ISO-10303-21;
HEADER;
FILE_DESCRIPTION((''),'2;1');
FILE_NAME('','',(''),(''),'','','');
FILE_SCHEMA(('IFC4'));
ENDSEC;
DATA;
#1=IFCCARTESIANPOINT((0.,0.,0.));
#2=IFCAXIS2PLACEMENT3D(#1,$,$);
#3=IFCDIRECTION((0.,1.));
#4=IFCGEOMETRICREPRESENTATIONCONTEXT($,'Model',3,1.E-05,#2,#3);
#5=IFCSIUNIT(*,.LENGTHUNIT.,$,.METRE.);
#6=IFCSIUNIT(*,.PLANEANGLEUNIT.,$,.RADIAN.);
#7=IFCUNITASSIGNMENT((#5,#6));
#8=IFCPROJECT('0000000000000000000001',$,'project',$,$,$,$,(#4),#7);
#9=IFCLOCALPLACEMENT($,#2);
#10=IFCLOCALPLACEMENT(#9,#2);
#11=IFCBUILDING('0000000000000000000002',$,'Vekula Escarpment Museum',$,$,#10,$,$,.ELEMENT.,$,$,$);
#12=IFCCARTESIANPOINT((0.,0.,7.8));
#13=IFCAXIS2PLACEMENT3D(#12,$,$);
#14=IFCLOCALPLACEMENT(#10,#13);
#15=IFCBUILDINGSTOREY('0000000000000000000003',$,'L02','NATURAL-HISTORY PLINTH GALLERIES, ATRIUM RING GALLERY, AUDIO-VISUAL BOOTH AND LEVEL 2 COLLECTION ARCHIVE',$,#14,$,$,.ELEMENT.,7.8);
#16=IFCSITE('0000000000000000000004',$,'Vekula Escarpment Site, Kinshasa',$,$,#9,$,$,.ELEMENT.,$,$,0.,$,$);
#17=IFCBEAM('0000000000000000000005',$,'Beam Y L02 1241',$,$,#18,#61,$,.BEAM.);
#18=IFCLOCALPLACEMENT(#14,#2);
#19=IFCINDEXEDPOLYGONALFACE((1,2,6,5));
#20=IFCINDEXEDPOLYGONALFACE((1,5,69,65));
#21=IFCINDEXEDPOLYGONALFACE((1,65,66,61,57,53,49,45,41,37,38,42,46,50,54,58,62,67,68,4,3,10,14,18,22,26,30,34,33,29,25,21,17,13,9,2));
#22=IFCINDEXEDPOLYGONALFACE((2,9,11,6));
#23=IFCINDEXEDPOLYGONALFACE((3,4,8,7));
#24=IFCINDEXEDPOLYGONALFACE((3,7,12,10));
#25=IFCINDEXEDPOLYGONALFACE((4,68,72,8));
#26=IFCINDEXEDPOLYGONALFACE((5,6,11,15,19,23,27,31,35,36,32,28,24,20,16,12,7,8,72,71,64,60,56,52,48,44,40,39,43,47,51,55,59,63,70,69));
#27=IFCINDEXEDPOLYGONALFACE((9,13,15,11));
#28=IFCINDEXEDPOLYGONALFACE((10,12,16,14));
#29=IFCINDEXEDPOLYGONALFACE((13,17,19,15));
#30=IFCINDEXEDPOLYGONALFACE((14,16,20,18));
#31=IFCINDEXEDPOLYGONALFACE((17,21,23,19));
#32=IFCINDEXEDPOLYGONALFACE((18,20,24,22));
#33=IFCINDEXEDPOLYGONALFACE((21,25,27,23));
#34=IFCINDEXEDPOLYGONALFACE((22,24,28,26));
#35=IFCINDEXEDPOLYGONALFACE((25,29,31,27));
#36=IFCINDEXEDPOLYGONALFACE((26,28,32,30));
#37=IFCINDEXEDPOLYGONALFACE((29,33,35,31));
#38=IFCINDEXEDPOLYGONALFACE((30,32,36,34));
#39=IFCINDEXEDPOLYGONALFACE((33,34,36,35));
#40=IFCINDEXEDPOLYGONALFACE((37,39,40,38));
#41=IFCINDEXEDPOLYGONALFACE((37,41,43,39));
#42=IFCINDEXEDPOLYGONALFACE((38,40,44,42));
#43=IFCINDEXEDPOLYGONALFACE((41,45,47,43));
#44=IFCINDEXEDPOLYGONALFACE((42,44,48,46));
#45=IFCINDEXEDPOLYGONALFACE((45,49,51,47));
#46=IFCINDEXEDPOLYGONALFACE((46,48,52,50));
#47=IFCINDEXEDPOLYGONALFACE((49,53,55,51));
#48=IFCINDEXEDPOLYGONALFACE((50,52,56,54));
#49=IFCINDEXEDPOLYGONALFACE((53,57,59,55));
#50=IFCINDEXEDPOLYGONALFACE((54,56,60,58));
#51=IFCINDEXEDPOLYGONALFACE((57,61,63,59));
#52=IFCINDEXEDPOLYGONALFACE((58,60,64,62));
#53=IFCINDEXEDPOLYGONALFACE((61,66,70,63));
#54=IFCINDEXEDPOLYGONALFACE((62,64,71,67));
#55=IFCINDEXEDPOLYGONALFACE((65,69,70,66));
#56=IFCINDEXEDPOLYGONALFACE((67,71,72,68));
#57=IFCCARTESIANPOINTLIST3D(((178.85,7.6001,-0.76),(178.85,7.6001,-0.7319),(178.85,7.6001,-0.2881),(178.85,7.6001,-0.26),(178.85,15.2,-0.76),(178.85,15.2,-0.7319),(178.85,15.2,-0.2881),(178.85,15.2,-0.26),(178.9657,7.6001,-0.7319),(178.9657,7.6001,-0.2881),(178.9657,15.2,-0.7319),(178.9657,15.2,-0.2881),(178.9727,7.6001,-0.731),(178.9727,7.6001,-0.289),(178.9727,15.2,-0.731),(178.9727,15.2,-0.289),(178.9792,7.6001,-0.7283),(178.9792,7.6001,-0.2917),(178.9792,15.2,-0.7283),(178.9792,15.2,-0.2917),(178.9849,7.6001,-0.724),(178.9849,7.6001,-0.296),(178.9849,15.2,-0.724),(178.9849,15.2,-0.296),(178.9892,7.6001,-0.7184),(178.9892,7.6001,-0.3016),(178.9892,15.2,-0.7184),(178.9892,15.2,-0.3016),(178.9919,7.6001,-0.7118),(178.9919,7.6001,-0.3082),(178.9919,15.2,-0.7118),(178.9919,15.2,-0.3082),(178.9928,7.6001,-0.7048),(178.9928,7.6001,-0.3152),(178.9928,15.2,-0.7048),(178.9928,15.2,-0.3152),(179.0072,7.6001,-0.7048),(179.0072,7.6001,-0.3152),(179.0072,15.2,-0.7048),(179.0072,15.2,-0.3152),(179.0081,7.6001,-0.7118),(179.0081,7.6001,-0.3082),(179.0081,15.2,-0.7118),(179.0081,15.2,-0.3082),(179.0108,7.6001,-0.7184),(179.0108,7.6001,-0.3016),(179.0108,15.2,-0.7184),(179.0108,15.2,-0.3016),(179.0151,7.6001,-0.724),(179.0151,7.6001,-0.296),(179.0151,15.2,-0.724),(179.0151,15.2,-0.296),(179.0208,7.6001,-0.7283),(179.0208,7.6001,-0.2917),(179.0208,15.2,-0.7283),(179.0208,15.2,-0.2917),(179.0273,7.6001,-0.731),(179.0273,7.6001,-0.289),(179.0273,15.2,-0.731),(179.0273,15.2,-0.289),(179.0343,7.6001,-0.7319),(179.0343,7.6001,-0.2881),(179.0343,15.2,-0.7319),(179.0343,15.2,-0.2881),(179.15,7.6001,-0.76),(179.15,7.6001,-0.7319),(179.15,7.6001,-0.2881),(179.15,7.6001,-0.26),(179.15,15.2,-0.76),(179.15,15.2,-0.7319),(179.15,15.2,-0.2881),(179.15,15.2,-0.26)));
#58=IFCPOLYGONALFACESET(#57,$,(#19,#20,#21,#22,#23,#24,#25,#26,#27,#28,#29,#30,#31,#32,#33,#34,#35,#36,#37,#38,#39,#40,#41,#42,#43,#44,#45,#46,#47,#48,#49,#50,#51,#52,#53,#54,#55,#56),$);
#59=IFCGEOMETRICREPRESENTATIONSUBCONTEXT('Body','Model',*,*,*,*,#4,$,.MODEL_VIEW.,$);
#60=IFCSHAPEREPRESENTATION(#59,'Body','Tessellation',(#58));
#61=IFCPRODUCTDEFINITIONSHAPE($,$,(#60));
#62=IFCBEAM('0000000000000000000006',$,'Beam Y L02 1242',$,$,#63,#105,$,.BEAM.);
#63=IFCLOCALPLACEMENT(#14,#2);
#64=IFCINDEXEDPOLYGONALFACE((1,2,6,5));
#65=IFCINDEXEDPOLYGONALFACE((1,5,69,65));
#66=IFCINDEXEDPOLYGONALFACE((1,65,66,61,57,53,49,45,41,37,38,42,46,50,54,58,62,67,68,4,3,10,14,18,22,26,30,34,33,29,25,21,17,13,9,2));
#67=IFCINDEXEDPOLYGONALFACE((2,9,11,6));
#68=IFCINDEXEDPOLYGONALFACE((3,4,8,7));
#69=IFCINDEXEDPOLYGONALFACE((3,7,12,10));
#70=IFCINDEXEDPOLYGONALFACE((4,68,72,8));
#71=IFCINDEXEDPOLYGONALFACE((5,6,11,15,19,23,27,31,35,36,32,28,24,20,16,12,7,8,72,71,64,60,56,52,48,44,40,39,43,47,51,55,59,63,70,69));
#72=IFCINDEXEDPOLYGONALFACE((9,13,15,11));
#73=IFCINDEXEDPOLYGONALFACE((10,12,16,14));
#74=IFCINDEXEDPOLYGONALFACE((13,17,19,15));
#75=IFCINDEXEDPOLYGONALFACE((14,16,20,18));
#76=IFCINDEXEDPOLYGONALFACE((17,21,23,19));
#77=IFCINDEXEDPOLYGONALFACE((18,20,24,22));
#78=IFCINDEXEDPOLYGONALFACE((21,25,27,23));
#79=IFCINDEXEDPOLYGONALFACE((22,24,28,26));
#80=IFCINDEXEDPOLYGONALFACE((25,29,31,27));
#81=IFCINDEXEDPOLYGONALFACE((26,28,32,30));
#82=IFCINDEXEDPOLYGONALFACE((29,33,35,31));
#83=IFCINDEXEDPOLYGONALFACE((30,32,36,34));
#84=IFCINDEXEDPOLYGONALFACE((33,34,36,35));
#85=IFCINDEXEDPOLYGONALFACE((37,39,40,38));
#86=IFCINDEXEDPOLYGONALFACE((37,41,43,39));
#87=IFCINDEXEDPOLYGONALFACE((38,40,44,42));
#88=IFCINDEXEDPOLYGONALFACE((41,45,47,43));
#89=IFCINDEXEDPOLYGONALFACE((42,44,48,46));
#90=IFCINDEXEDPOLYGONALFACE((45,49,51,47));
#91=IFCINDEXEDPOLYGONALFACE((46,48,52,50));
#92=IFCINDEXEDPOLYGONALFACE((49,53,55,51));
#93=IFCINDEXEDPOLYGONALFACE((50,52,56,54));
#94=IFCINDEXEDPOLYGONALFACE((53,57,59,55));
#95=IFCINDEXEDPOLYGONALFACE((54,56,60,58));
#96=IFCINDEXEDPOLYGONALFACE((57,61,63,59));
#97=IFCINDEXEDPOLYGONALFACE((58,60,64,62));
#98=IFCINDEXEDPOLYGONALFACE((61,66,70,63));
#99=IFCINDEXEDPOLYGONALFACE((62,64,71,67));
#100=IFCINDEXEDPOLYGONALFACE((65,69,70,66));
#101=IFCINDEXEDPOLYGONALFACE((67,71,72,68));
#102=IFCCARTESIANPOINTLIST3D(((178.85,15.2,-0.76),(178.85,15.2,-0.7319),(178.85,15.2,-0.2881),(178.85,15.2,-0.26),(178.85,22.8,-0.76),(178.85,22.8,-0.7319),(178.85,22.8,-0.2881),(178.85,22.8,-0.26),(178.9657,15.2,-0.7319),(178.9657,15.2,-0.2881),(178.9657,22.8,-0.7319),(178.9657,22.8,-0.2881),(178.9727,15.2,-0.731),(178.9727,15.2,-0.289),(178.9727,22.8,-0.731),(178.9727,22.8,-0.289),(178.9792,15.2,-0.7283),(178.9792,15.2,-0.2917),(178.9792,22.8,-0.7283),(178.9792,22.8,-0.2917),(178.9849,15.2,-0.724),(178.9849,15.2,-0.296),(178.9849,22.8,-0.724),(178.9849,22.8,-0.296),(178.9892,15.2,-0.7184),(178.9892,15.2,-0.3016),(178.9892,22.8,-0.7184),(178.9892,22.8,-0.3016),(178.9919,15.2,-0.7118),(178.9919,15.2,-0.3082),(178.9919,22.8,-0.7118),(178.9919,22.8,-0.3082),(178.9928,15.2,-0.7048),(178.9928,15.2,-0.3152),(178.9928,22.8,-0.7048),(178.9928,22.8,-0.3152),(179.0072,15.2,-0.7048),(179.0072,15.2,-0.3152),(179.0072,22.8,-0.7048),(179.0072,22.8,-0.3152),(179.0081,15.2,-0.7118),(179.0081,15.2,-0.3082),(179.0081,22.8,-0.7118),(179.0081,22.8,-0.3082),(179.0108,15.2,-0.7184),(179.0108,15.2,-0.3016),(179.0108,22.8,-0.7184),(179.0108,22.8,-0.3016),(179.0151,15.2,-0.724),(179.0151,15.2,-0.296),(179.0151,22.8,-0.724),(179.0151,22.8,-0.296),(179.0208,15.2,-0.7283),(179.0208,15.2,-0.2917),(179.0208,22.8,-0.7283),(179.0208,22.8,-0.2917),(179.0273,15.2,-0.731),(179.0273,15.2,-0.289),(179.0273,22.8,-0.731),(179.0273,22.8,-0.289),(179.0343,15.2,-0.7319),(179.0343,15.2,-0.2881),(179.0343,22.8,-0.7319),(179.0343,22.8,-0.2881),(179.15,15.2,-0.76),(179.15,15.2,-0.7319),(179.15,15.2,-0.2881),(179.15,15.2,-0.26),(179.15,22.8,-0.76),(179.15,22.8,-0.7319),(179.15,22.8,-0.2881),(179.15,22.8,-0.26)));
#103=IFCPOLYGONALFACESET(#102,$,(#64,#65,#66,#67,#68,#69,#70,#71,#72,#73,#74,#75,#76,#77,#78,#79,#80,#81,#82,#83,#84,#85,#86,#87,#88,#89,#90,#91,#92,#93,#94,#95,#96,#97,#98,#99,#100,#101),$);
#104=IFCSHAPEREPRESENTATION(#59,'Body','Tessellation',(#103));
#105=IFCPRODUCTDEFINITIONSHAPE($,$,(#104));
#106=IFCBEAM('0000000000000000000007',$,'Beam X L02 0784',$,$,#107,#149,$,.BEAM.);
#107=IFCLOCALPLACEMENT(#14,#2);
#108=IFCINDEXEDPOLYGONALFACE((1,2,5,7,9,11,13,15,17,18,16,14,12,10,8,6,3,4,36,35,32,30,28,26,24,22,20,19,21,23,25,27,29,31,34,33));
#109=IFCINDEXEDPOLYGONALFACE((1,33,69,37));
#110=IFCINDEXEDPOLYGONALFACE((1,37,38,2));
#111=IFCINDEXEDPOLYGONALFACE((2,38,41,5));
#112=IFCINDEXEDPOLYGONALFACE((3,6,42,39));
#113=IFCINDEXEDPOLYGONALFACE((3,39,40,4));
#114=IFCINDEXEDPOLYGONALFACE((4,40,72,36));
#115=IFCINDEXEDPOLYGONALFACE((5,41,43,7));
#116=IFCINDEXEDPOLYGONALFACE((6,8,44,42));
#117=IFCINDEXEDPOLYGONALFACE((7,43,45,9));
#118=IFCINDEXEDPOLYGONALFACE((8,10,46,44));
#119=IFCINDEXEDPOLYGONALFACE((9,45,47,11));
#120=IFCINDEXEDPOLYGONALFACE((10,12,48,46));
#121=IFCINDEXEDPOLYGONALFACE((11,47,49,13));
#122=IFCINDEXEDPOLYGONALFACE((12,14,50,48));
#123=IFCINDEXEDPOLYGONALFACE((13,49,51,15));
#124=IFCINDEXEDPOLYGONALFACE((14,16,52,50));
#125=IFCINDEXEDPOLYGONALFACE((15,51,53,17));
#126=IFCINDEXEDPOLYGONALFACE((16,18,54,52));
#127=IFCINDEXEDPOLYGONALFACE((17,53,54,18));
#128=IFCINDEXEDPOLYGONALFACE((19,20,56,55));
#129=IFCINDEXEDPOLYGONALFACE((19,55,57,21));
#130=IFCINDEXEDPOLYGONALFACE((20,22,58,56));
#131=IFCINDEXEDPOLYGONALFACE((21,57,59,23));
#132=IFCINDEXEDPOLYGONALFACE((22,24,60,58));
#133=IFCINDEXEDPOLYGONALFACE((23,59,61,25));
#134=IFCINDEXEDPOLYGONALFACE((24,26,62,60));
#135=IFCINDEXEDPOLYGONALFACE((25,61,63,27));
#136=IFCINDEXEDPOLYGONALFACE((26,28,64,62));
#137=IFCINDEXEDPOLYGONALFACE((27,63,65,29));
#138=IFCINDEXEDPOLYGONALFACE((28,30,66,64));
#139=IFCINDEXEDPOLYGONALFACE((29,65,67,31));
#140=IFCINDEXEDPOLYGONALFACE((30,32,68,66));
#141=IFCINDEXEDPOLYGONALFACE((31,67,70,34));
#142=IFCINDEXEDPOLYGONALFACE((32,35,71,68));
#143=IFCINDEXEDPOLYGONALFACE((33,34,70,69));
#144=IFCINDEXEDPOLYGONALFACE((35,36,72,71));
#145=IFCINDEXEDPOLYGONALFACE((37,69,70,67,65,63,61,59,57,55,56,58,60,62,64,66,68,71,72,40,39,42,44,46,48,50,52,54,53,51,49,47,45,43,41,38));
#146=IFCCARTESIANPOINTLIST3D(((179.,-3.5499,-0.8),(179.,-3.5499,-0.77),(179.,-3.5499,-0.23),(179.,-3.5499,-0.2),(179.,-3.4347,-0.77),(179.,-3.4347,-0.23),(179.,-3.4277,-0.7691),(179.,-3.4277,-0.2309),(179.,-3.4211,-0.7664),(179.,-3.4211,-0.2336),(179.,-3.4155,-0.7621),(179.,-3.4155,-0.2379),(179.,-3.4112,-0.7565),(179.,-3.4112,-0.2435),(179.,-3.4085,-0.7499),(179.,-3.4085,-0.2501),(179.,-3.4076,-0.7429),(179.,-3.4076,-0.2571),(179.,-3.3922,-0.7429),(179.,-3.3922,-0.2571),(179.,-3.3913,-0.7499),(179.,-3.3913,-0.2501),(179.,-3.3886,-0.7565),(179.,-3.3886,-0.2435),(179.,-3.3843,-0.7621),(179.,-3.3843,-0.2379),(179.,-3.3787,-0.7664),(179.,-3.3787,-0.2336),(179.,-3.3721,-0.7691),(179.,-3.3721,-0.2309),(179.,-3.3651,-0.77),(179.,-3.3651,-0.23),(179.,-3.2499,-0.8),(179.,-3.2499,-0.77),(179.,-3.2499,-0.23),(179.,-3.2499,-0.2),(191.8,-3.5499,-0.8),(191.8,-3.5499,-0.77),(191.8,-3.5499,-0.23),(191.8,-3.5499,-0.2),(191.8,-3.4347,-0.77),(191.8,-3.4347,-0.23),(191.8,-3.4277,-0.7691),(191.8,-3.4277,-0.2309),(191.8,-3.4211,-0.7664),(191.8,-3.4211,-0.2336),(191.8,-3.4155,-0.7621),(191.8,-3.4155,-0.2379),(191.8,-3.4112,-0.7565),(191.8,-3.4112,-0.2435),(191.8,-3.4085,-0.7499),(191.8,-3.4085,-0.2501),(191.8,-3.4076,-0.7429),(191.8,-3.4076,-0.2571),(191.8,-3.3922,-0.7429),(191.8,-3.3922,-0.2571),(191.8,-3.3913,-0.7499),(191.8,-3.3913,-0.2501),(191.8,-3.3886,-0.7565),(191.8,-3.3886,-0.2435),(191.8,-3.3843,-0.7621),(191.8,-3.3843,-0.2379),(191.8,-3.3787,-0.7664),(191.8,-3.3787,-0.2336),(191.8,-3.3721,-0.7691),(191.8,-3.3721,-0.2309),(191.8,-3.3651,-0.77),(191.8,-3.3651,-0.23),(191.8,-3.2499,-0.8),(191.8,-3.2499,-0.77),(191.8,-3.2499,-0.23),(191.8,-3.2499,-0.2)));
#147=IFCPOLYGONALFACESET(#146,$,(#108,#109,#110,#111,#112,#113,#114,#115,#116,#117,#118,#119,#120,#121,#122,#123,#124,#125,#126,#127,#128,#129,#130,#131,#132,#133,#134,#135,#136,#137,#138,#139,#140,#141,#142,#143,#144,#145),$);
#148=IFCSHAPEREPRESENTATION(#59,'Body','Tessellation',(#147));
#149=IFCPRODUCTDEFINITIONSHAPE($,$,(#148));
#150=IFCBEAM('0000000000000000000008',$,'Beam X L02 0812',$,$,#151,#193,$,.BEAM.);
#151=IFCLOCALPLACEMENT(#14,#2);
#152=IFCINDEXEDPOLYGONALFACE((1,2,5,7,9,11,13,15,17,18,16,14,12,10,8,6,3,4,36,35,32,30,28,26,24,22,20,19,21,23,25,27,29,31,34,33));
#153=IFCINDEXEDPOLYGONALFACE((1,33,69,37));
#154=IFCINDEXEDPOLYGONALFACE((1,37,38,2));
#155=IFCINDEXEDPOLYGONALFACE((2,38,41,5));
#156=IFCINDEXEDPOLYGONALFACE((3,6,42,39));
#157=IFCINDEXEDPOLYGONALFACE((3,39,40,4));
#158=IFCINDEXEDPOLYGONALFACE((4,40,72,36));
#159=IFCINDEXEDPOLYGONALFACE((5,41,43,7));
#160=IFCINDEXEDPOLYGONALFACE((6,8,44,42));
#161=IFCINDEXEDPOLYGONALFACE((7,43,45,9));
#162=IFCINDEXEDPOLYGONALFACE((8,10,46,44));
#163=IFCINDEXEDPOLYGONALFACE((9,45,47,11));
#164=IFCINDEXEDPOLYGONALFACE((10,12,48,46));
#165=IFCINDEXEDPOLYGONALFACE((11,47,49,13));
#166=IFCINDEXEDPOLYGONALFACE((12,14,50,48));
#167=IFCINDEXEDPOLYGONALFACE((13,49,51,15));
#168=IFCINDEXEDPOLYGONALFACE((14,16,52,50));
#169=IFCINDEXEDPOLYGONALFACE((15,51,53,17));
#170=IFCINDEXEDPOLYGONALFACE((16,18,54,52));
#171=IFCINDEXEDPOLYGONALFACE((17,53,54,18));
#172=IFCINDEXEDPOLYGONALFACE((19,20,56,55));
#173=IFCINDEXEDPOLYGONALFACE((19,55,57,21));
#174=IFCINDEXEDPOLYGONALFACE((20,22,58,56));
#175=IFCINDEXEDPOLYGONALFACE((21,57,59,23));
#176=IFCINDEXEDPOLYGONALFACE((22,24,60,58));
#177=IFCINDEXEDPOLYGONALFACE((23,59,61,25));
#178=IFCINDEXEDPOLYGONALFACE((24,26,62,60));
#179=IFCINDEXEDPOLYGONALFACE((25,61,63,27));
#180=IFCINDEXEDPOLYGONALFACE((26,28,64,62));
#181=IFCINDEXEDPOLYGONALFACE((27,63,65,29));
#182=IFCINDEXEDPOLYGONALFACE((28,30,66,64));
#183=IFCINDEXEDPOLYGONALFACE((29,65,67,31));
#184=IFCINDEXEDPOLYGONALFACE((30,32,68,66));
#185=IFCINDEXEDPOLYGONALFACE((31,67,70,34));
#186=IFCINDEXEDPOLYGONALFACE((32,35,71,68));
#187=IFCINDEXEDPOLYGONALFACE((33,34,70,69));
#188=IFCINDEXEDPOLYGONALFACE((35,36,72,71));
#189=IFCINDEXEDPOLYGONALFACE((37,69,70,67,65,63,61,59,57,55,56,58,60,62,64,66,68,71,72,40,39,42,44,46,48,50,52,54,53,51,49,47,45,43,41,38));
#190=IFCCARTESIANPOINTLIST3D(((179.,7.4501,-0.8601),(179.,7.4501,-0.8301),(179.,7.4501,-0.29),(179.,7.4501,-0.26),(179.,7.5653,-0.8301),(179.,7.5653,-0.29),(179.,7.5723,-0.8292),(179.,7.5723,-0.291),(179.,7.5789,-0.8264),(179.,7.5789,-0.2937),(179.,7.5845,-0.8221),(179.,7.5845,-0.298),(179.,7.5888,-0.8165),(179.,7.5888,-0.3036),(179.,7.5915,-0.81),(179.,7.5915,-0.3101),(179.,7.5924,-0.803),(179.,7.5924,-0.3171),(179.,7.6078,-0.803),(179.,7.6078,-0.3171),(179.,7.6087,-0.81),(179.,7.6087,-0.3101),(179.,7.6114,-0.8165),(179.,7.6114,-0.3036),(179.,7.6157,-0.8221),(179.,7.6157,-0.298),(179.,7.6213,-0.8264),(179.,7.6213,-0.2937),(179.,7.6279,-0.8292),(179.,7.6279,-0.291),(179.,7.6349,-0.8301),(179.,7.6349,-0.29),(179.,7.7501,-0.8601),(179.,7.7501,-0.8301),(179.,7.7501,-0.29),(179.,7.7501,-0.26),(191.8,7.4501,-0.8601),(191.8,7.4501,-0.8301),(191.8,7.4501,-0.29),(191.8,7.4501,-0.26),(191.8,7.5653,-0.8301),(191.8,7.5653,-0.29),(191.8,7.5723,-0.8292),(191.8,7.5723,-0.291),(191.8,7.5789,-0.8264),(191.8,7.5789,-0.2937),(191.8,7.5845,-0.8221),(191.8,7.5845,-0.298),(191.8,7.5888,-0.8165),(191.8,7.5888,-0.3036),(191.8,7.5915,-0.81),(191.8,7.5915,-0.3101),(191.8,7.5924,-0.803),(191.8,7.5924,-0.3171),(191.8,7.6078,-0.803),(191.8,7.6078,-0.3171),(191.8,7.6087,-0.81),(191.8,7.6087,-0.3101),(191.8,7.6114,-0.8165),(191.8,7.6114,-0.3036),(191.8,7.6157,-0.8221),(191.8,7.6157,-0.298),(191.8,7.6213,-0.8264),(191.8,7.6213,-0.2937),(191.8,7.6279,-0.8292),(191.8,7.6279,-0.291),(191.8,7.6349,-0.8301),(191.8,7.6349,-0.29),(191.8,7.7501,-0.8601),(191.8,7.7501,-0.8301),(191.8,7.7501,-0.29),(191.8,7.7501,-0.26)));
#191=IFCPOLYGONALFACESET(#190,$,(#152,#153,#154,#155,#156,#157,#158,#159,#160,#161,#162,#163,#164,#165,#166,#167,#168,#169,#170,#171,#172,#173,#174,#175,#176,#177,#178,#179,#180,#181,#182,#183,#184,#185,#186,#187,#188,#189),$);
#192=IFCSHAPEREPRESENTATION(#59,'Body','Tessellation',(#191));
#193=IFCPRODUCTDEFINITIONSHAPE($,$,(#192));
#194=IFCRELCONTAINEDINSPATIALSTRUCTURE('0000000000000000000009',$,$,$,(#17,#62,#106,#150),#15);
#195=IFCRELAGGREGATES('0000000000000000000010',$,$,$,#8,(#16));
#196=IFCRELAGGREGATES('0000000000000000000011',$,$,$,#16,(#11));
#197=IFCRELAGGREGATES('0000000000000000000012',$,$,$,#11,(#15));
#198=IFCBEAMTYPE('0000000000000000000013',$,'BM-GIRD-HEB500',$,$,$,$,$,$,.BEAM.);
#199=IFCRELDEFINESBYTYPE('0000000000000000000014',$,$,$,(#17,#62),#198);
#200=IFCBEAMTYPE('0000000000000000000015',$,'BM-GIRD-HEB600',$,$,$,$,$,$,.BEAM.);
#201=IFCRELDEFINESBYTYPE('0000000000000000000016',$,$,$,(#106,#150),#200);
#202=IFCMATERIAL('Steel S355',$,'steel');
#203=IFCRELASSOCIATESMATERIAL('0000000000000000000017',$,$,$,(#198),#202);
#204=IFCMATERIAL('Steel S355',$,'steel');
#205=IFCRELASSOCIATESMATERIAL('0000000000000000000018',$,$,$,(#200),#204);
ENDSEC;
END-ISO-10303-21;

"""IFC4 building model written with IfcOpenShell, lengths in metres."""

from ifc_helpers import new_model, si_unit, direction, frame, origin, origin_2d, place, context, subcontext, project, spatial, i_section, extrude, material, material_profile, profile_set, type_object, element, save


model = new_model("IFC4")

# Units and contexts
model_context = context("Model", 3, precision=1e-05, world=origin(), true_north=direction((0.0, 1.0)))
body_context = subcontext(model_context, "Body", "Model", "MODEL_VIEW")
ifc_project = project(units=[si_unit("LENGTHUNIT", "METRE"), si_unit("PLANEANGLEUNIT", "RADIAN")], contexts=[model_context])

# Site, building, storey
site_placement = place(None, origin())
site = spatial("IfcSite", under=ifc_project, at=site_placement, Name="Vekula Escarpment Site, Kinshasa", CompositionType="ELEMENT", RefElevation=0.0)
building_placement = place(site_placement, origin())
building = spatial("IfcBuilding", under=site, at=building_placement, Name="Vekula Escarpment Museum", CompositionType="ELEMENT")
storey_placement = place(building_placement, frame((0.0, 0.0, 7.8)))
storey = spatial("IfcBuildingStorey", under=building, at=storey_placement, Name="L02", Description="NATURAL-HISTORY PLINTH GALLERIES, ATRIUM RING GALLERY, AUDIO-VISUAL BOOTH AND LEVEL 2 COLLECTION ARCHIVE", CompositionType="ELEMENT", Elevation=7.8)

# Beams
ifc_material_1 = material(Name="Steel S355", Category="steel")
ifc_material_profile_1 = material_profile(ifc_material_1, i_section(OverallWidth=0.3, OverallDepth=0.5, WebThickness=0.0144, FlangeThickness=0.0281, FilletRadius=0.0271, at=origin_2d()), Name="HEB 500")
ifc_profile_set_1 = profile_set([ifc_material_profile_1], Name="Steel S355")
beam_type_1 = type_object("IfcBeamType", Name="BM-GIRD-HEB500", PredefinedType="BEAM", material=ifc_profile_set_1)
beam_1_placement = place(storey_placement, frame((179.0, 7.6001, -0.51), z_axis=(0.0, 1.0, 0.0), x_axis=(-1.0, 0.0, 0.0)))
element("IfcBeam", 1, at=beam_1_placement, inside=storey, type_object=beam_type_1, Name="Beam Y L02 1241", PredefinedType="BEAM", context=body_context, shape_type="SweptSolid", body=[
    extrude(i_section(OverallWidth=0.3, OverallDepth=0.5, WebThickness=0.0144, FlangeThickness=0.0281, FilletRadius=0.0271, at=origin_2d()), origin(), (0.0, 0.0, 1.0), 7.5999),
])
beam_2_placement = place(storey_placement, frame((179.0, 15.2, -0.51), z_axis=(0.0, 1.0, 0.0), x_axis=(-1.0, 0.0, 0.0)))
element("IfcBeam", 2, at=beam_2_placement, inside=storey, type_object=beam_type_1, Name="Beam Y L02 1242", PredefinedType="BEAM", context=body_context, shape_type="SweptSolid", body=[
    extrude(i_section(OverallWidth=0.3, OverallDepth=0.5, WebThickness=0.0144, FlangeThickness=0.0281, FilletRadius=0.0271, at=origin_2d()), origin(), (0.0, 0.0, 1.0), 7.6001),
])
ifc_material_2 = material(Name="Steel S355", Category="steel")
ifc_material_profile_2 = material_profile(ifc_material_2, i_section(OverallWidth=0.3, OverallDepth=0.6001, WebThickness=0.0154, FlangeThickness=0.03, FilletRadius=0.0271, at=origin_2d()), Name="HEB 600")
ifc_profile_set_2 = profile_set([ifc_material_profile_2], Name="Steel S355")
beam_type_2 = type_object("IfcBeamType", Name="BM-GIRD-HEB600", PredefinedType="BEAM", material=ifc_profile_set_2)
for number, where, z_axis, x_axis, name in (
    (3, (179.0, -3.3999, -0.5), (1.0, 0.0, 0.0), (0.0, 1.0, 0.0), "Beam X L02 0784"),
    (4, (179.0, 7.6001, -0.5601), (1.0, 0.0, 0.0), (0.0, 1.0, 0.0), "Beam X L02 0812"),
):
    element("IfcBeam", number, at=place(storey_placement, frame(where, z_axis=z_axis, x_axis=x_axis)), inside=storey, type_object=beam_type_2, Name=name, PredefinedType="BEAM", context=body_context, shape_type="SweptSolid", body=[
        extrude(i_section(OverallWidth=0.3, OverallDepth=0.6001, WebThickness=0.0154, FlangeThickness=0.03, FilletRadius=0.0271, at=origin_2d()), origin(), (0.0, 0.0, 1.0), 12.8),
    ])

save(model, "model.ifc")
